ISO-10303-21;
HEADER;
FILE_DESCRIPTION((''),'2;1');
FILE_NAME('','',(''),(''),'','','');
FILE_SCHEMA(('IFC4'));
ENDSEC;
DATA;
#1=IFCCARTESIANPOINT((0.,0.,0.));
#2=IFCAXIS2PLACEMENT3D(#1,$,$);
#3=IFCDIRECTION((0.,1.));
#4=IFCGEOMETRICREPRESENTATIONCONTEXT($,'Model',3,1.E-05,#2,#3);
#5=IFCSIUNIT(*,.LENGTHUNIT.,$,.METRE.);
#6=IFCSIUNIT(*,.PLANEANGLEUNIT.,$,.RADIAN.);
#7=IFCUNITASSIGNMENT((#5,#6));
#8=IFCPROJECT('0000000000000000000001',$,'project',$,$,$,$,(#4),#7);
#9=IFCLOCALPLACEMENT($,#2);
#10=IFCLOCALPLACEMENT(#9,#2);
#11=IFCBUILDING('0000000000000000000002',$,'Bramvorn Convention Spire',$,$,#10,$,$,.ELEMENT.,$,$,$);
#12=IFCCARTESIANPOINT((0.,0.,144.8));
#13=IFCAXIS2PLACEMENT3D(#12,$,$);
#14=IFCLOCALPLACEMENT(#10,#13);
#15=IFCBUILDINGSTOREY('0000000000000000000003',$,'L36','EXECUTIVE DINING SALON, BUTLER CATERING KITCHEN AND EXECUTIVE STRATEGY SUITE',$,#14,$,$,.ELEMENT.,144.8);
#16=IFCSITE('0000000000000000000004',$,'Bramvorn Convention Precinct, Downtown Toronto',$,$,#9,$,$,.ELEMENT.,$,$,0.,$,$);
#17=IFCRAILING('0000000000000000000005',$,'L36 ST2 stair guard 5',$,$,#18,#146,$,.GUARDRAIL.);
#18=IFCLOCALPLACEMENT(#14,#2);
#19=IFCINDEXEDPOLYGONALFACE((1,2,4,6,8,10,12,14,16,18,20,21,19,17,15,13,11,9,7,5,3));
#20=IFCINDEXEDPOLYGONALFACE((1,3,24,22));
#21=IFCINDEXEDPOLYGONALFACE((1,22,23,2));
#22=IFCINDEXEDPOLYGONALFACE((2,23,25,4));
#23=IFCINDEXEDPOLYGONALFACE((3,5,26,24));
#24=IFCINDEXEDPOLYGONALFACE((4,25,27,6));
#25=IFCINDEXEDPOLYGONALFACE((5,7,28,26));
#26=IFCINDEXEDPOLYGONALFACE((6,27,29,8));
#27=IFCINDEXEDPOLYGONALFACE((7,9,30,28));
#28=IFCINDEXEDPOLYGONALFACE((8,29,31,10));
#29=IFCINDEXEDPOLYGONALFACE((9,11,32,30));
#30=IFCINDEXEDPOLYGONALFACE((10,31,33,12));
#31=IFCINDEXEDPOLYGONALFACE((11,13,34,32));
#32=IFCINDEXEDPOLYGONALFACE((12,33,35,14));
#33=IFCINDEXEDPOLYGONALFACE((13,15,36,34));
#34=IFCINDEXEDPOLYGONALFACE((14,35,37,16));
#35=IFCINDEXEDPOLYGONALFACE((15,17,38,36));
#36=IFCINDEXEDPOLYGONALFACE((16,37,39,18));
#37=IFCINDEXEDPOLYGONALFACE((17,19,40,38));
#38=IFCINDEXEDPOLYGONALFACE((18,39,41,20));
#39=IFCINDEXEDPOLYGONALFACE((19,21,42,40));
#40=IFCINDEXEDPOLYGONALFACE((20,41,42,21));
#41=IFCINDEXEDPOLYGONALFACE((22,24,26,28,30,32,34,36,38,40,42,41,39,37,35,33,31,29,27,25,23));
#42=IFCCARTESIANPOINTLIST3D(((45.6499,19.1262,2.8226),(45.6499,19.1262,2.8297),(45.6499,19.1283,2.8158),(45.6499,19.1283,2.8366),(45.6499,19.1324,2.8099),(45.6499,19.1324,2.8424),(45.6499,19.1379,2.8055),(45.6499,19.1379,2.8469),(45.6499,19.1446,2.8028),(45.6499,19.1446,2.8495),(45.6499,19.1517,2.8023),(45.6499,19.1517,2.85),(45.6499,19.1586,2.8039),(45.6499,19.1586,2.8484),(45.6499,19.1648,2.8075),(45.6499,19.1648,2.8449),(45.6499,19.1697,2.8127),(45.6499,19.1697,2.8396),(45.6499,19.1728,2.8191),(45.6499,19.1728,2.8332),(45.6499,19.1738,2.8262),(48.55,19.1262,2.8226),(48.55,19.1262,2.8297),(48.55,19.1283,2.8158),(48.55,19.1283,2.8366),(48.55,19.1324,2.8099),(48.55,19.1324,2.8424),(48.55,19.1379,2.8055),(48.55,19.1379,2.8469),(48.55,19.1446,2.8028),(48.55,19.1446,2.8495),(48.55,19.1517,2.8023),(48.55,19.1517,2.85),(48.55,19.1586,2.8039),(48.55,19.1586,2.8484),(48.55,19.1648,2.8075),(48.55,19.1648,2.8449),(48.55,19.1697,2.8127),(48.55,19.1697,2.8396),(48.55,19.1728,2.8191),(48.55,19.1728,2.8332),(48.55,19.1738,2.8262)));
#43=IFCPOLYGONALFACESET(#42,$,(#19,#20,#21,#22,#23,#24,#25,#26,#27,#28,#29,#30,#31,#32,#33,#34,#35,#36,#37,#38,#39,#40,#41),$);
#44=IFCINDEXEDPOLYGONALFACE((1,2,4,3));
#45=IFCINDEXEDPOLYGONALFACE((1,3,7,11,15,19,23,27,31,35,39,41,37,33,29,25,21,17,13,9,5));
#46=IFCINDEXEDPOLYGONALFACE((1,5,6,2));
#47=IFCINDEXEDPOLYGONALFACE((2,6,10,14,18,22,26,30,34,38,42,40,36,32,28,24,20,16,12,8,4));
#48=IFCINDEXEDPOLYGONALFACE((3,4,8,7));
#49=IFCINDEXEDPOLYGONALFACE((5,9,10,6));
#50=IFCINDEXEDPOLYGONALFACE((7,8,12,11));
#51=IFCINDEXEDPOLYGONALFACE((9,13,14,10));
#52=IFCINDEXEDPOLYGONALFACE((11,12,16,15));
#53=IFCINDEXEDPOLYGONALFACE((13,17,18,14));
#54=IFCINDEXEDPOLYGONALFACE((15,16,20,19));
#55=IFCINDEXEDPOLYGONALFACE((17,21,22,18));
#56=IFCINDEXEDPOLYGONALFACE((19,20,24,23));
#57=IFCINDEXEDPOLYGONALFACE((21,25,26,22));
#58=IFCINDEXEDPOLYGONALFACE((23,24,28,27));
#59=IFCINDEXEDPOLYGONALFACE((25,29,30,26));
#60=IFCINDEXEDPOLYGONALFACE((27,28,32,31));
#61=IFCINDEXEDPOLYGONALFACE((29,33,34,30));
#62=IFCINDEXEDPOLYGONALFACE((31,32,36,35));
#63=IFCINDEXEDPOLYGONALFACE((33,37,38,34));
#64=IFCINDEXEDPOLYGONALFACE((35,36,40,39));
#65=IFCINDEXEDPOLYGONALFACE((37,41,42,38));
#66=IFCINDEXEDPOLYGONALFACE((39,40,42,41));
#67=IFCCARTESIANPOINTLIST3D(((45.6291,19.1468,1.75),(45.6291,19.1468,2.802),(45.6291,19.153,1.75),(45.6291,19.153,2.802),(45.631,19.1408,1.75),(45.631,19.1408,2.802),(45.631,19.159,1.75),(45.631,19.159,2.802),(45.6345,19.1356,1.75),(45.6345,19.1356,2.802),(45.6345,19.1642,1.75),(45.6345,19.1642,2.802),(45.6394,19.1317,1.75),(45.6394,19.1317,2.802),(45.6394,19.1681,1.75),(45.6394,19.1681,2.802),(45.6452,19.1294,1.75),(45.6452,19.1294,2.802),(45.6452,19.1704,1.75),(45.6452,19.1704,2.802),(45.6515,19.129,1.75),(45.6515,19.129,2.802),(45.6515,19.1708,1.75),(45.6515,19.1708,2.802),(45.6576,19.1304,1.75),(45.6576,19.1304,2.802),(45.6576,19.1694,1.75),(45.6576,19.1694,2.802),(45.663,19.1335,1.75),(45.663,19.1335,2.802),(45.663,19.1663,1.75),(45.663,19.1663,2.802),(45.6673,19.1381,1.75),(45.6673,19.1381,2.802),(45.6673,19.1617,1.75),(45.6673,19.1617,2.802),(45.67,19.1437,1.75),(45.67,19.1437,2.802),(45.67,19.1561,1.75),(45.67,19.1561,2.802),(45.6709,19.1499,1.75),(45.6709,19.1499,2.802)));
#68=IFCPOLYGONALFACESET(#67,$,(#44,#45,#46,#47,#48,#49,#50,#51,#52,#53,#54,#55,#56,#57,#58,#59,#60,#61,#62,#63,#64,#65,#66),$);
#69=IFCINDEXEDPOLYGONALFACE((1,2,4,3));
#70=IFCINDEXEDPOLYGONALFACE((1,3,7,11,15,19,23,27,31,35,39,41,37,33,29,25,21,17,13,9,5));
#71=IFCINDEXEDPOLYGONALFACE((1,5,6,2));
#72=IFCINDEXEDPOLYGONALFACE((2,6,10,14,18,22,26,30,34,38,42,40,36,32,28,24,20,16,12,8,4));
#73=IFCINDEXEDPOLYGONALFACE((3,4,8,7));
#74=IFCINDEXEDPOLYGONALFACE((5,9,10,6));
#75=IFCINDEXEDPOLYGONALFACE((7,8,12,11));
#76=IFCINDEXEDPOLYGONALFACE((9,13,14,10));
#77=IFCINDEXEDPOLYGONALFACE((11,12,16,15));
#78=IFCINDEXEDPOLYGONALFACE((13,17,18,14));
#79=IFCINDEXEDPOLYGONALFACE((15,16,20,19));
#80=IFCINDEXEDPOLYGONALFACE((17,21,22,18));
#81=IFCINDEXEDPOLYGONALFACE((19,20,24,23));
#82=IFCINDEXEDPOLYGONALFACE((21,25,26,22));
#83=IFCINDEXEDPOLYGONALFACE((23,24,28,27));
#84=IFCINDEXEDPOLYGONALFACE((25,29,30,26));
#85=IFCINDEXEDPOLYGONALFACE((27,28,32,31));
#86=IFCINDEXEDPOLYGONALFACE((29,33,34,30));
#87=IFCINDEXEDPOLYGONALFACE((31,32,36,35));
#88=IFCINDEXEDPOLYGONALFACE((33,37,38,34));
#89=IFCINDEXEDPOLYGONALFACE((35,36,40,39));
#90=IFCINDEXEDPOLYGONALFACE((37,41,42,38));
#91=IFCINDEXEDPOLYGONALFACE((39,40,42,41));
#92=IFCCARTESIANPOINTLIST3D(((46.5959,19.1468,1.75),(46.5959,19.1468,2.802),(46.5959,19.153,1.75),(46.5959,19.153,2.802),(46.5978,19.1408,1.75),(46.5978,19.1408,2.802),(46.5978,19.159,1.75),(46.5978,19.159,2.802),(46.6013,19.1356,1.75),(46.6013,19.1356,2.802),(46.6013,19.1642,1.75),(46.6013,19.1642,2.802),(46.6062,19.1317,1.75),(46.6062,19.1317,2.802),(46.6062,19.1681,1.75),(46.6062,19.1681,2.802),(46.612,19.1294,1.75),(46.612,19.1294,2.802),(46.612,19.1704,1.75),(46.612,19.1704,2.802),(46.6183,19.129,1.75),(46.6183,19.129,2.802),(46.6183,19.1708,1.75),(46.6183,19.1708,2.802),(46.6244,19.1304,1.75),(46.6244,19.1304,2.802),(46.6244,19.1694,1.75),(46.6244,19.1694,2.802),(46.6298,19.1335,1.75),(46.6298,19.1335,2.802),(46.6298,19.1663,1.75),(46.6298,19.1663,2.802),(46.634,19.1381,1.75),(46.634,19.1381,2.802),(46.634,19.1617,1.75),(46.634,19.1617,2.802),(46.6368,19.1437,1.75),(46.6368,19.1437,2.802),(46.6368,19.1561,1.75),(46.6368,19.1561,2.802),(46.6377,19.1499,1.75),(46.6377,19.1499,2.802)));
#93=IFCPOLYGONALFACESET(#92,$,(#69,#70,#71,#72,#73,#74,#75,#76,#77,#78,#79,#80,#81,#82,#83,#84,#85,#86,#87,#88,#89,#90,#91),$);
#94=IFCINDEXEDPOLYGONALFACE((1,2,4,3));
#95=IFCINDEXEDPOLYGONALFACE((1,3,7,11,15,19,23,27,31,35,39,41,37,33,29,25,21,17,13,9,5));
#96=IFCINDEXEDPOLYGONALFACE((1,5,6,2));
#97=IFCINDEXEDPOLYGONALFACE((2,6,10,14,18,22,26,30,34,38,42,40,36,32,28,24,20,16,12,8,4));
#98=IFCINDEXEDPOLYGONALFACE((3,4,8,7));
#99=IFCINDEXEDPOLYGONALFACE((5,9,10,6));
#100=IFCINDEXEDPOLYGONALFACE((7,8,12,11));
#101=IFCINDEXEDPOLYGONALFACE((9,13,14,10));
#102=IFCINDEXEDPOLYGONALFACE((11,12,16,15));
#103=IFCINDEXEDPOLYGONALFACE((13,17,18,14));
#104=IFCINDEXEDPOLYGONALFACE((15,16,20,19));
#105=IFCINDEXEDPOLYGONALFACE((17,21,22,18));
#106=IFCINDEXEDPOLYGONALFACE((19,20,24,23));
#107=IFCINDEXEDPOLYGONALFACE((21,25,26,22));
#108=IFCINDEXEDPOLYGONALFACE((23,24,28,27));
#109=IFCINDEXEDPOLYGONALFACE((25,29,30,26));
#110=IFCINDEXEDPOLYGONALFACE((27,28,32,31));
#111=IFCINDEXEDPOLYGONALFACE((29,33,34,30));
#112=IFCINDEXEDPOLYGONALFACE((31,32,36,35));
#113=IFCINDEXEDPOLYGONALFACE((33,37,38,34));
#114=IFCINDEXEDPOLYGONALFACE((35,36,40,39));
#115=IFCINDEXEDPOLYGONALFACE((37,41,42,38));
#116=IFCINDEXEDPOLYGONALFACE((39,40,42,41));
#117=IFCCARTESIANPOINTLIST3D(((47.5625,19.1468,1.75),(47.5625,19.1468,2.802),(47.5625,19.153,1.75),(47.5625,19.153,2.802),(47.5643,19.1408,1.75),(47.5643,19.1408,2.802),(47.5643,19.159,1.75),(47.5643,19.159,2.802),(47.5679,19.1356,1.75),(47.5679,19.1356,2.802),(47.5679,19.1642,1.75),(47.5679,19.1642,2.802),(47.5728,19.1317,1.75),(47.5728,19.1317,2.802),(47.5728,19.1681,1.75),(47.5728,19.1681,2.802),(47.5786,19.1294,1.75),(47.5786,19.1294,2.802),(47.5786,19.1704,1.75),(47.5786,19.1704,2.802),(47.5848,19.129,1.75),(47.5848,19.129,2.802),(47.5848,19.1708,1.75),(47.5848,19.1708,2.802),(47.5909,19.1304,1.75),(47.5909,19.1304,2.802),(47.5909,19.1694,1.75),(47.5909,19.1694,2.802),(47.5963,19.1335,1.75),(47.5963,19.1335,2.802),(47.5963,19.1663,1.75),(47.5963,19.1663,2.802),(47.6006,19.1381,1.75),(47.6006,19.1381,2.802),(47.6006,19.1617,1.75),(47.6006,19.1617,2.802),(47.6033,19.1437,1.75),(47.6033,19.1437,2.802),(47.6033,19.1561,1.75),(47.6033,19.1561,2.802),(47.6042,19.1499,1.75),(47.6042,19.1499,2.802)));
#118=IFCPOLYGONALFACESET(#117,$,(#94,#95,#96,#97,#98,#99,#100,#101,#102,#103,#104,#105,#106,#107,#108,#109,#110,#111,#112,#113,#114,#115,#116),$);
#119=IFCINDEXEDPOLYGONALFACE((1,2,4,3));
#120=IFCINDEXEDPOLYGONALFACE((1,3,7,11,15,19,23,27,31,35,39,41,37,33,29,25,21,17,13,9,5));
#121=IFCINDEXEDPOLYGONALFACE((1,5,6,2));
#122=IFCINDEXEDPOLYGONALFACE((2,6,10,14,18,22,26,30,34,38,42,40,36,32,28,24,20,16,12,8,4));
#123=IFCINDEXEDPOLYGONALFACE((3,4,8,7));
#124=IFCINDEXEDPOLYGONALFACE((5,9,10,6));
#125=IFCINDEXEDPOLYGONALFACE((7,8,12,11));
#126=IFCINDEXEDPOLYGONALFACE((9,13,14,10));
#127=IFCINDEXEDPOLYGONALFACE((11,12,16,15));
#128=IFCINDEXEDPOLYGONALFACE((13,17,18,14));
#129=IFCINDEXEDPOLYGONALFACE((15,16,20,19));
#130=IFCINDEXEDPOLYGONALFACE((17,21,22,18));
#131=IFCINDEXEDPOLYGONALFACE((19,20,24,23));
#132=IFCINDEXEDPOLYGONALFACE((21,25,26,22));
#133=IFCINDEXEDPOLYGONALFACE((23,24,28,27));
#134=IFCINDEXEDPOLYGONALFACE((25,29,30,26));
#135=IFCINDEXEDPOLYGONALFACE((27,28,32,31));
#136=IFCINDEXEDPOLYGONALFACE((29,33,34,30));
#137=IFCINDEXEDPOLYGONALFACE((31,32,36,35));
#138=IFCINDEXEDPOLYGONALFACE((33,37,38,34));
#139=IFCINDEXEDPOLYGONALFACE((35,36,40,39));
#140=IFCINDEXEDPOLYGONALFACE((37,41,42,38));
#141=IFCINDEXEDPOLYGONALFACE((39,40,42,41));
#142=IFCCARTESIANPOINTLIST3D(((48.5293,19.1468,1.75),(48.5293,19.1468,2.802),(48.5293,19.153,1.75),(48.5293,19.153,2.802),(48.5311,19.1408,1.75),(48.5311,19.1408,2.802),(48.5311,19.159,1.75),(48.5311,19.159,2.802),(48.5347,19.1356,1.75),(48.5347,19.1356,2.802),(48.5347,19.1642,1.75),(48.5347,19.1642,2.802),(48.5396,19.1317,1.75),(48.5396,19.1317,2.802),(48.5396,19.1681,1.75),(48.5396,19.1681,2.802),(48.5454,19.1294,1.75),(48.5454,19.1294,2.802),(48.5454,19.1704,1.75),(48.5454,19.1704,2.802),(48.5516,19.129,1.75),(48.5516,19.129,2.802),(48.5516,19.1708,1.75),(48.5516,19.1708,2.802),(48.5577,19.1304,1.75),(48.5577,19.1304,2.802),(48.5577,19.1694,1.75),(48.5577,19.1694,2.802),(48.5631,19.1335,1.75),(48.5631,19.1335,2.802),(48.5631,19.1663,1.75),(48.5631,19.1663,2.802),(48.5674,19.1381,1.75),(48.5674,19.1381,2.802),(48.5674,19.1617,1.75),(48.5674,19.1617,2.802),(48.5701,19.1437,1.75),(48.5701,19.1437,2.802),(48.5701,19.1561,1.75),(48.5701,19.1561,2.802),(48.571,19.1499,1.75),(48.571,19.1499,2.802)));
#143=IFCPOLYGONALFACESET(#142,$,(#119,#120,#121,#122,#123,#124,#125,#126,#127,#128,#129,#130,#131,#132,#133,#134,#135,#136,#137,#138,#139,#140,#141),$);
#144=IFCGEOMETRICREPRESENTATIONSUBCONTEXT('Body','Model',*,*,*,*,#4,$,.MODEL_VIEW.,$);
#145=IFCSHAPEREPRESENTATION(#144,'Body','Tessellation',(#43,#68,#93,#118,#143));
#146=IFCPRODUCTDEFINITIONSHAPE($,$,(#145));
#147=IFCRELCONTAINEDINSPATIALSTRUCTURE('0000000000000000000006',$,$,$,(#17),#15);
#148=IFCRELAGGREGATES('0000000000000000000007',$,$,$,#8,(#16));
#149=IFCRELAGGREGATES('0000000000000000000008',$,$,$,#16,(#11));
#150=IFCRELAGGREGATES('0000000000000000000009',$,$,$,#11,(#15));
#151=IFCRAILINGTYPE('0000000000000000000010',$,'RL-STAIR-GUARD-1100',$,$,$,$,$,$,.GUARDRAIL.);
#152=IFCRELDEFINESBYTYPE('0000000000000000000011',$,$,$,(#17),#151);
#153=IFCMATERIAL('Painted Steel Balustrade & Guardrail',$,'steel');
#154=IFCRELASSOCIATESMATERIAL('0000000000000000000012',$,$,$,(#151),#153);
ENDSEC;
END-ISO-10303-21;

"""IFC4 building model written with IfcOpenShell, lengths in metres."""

from ifc_helpers import new_model, si_unit, direction, frame, origin, origin_2d, place, context, subcontext, project, spatial, circle, extrude, material, type_object, element, save


model = new_model("IFC4")

# Units and contexts
model_context = context("Model", 3, precision=1e-05, world=origin(), true_north=direction((0.0, 1.0)))
body_context = subcontext(model_context, "Body", "Model", "MODEL_VIEW")
ifc_project = project(units=[si_unit("LENGTHUNIT", "METRE"), si_unit("PLANEANGLEUNIT", "RADIAN")], contexts=[model_context])

# Site, building, storey
site_placement = place(None, origin())
site = spatial("IfcSite", under=ifc_project, at=site_placement, Name="Bramvorn Convention Precinct, Downtown Toronto", CompositionType="ELEMENT", RefElevation=0.0)
building_placement = place(site_placement, origin())
building = spatial("IfcBuilding", under=site, at=building_placement, Name="Bramvorn Convention Spire", CompositionType="ELEMENT")
storey_placement = place(building_placement, frame((0.0, 0.0, 144.8)))
storey = spatial("IfcBuildingStorey", under=building, at=storey_placement, Name="L36", Description="EXECUTIVE DINING SALON, BUTLER CATERING KITCHEN AND EXECUTIVE STRATEGY SUITE", CompositionType="ELEMENT", Elevation=144.8)

# Railing
ifc_material_1 = material(Name="Painted Steel Balustrade & Guardrail", Category="steel")
railing_type_1 = type_object("IfcRailingType", Name="RL-STAIR-GUARD-1100", PredefinedType="GUARDRAIL", material=ifc_material_1)
railing_1_placement = place(storey_placement, frame((45.6499, 19.1499, 1.75)))
element("IfcRailing", 1, at=railing_1_placement, inside=storey, type_object=railing_type_1, Name="L36 ST2 stair guard 5", PredefinedType="GUARDRAIL", context=body_context, shape_type="SweptSolid", body=[
    extrude(circle(Radius=0.0239, at=origin_2d()), frame((0.0, 0.0, 1.0762), z_axis=(1.0, 0.0, 0.0), x_axis=(0.0, 1.0, 0.0)), (0.0, 0.0, 1.0), 2.9001),
    extrude(circle(Radius=0.021, at=origin_2d()), origin(), (0.0, 0.0, 1.0), 1.052),
    extrude(circle(Radius=0.021, at=origin_2d()), frame((0.9668, 0.0, 0.0)), (0.0, 0.0, 1.0), 1.052),
    extrude(circle(Radius=0.021, at=origin_2d()), frame((1.9333, 0.0, 0.0)), (0.0, 0.0, 1.0), 1.052),
    extrude(circle(Radius=0.021, at=origin_2d()), frame((2.9001, 0.0, 0.0)), (0.0, 0.0, 1.0), 1.052),
])

save(model, "model.ifc")
